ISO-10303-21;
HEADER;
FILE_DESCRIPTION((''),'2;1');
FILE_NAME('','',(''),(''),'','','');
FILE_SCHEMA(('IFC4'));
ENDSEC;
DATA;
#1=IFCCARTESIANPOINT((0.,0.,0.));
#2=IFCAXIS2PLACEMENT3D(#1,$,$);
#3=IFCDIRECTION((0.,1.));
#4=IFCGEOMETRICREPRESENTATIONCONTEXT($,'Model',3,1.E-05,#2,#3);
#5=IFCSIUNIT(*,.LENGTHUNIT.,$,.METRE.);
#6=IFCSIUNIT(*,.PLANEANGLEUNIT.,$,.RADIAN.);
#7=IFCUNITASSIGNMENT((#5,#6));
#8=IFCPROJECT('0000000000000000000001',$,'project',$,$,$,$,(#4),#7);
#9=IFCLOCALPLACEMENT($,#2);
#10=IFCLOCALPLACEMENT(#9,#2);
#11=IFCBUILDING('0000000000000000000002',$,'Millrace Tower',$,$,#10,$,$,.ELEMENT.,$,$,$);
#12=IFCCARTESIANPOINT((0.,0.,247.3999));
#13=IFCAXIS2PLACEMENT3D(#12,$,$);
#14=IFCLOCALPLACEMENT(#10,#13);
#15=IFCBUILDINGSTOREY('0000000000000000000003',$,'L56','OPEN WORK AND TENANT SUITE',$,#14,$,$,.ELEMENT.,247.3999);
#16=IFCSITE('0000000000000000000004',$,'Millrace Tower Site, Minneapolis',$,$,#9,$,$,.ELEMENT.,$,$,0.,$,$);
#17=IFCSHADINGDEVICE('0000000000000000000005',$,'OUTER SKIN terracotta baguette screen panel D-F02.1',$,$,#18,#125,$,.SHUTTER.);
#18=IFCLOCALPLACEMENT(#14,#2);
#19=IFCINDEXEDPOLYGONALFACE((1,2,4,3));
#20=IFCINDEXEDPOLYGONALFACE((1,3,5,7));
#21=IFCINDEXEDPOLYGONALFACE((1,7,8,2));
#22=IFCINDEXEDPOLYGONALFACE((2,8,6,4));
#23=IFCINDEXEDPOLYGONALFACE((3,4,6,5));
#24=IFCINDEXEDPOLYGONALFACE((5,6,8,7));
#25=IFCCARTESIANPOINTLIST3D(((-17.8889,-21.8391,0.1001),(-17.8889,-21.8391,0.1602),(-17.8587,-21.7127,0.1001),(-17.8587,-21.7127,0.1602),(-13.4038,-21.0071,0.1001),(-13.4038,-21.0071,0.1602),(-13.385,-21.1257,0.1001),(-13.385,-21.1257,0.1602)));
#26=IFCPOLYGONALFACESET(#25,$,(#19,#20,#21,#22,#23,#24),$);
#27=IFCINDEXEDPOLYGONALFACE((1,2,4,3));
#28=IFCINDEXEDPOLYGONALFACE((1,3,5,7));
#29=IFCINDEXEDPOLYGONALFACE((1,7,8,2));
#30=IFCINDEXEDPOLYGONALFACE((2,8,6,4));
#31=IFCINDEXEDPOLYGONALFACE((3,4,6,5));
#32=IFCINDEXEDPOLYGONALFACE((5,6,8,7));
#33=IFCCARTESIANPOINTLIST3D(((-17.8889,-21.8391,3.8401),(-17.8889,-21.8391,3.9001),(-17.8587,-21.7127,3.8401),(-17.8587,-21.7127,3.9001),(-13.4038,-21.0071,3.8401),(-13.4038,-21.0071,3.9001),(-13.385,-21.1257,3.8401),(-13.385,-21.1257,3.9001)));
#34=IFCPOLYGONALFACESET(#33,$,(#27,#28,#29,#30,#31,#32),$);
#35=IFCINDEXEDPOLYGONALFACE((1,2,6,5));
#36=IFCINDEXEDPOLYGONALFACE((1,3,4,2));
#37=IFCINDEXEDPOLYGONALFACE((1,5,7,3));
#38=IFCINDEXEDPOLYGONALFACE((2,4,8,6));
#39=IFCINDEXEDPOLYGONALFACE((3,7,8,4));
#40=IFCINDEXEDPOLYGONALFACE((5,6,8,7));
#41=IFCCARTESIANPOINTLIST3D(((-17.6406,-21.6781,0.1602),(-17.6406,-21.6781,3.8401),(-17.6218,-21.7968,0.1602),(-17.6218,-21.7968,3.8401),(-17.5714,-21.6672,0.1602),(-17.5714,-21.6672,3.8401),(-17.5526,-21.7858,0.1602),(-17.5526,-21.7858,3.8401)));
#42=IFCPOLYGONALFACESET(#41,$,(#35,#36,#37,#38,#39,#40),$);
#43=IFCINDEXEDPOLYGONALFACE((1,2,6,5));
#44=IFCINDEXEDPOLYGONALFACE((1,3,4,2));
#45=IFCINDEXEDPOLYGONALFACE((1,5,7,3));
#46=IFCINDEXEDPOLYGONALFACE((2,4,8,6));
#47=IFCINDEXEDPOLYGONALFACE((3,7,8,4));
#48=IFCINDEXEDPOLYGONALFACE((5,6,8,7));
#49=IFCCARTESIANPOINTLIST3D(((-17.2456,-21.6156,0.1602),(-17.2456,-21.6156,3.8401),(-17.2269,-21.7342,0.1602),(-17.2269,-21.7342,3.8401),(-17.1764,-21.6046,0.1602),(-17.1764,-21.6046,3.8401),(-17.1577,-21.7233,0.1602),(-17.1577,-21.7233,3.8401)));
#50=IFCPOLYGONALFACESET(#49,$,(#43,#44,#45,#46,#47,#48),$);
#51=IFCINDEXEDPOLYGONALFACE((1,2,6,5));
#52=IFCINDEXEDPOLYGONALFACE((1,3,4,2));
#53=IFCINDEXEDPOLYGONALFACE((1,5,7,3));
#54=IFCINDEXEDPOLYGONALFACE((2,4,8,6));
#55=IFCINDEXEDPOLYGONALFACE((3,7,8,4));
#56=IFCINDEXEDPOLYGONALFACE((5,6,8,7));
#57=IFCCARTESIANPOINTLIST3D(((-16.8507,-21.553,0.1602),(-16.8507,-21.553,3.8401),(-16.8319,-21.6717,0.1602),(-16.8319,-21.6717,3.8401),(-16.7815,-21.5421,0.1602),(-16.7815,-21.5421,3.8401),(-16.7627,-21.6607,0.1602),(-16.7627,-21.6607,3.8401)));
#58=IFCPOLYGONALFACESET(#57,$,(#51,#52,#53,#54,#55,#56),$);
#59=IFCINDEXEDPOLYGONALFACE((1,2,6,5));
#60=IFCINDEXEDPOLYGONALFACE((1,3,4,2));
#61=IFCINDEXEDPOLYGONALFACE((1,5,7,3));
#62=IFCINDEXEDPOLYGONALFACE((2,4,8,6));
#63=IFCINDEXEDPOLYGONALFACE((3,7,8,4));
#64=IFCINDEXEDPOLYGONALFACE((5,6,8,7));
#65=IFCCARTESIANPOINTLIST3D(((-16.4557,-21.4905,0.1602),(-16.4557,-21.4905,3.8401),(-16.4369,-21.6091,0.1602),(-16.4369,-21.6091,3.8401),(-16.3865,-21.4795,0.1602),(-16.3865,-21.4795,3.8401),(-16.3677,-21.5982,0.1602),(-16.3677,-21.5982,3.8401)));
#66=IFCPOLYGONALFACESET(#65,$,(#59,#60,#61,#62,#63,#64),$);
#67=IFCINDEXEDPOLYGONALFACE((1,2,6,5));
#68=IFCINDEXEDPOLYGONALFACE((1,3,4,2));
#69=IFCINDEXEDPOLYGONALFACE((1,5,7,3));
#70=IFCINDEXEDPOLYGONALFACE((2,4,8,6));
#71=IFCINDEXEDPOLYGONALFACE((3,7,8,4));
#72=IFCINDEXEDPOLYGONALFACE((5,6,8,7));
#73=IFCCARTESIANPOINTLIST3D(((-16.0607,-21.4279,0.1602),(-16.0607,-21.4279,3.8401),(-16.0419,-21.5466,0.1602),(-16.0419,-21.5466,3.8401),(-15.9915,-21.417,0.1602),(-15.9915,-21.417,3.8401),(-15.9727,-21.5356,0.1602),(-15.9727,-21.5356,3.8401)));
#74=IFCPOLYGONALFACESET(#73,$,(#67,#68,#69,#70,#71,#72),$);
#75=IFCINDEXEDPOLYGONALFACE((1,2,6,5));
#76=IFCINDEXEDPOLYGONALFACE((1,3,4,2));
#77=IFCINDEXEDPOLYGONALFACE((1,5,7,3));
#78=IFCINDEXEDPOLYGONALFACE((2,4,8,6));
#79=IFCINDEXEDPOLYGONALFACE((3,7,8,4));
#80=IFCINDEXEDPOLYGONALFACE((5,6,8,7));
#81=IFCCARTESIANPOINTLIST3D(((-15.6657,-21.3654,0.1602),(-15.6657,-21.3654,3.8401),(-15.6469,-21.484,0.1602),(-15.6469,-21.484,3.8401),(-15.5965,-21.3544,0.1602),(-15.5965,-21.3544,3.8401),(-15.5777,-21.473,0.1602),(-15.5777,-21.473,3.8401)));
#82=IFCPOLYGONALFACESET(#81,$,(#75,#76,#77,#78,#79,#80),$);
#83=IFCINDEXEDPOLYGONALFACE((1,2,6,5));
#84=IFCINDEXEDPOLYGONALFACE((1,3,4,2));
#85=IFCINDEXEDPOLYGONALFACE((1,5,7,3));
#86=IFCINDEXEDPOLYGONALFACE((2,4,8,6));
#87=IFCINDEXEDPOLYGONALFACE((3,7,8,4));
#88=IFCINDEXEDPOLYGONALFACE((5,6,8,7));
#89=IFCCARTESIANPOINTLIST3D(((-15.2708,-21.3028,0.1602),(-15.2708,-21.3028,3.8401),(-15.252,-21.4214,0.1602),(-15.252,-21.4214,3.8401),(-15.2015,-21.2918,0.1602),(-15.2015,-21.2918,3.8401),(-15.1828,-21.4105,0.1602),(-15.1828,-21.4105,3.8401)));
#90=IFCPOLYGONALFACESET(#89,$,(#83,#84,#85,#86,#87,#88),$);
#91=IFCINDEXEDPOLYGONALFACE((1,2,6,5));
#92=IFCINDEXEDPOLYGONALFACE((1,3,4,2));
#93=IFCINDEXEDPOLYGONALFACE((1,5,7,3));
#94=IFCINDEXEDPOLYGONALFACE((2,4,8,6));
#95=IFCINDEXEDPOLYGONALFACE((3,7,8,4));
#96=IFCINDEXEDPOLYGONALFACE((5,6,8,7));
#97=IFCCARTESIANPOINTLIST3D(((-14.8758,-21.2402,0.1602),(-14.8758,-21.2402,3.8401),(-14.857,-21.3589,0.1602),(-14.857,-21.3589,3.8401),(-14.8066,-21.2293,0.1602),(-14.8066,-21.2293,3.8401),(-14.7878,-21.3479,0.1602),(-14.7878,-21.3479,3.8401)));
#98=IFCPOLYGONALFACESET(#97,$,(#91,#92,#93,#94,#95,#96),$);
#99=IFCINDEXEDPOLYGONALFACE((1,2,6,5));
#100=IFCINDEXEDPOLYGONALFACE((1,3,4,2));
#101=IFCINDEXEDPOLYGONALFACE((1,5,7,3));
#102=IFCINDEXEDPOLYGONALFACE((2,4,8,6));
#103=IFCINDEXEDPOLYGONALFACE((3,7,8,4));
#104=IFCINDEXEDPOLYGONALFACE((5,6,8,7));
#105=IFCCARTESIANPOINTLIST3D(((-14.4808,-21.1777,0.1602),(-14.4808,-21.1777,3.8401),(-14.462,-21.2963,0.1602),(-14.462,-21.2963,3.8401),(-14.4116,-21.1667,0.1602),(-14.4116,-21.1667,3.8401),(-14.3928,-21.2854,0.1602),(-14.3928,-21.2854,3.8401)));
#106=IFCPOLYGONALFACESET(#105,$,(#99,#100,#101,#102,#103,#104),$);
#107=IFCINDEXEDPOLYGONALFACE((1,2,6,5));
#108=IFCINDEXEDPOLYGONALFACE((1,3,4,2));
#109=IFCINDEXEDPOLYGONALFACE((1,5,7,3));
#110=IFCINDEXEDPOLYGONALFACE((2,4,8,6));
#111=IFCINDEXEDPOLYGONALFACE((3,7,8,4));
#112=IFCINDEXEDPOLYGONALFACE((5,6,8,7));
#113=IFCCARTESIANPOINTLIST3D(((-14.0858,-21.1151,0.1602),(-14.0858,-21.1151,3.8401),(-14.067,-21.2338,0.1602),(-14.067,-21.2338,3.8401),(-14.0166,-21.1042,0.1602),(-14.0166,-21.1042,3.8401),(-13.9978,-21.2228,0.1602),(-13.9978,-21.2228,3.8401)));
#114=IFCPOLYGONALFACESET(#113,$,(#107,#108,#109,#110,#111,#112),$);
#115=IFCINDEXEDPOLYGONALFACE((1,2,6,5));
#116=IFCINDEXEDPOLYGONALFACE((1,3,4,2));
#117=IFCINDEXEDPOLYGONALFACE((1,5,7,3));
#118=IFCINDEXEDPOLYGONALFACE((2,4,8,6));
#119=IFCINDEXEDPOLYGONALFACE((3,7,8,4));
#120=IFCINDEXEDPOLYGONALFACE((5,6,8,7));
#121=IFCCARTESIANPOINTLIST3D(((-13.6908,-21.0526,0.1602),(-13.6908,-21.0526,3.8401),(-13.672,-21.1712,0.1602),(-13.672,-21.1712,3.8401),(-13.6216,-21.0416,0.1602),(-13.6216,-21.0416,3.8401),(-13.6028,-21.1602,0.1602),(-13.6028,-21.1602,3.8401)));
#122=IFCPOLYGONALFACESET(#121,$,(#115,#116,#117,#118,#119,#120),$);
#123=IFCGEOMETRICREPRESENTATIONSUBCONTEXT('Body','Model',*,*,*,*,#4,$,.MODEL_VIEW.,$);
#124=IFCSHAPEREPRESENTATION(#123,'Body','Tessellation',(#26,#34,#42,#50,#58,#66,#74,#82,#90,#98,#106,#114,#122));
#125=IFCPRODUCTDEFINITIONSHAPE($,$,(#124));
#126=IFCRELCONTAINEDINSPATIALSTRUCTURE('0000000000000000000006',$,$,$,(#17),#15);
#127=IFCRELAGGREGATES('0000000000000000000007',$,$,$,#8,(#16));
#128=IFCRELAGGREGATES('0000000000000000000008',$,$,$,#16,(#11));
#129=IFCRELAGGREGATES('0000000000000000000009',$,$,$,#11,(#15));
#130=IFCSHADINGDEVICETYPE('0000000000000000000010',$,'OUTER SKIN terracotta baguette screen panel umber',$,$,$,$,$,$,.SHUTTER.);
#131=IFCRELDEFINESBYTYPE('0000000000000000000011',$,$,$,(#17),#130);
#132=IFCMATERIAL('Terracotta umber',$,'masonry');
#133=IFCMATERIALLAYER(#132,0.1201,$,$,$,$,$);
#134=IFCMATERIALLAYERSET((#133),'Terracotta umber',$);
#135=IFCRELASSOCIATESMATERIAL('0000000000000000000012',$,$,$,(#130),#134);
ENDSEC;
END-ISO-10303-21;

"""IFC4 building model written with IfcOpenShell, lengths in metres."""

from ifc_helpers import new_model, entity, si_unit, direction, frame, frame_2d, origin, place, context, subcontext, project, spatial, rectangle, extrude, source, transform, mapped, material, layer, layer_set, type_object, element, save


model = new_model("IFC4")

# Units and contexts
model_context = context("Model", 3, precision=1e-05, world=origin(), true_north=direction((0.0, 1.0)))
body_context = subcontext(model_context, "Body", "Model", "MODEL_VIEW")
ifc_project = project(units=[si_unit("LENGTHUNIT", "METRE"), si_unit("PLANEANGLEUNIT", "RADIAN")], contexts=[model_context])

# Site, building, storey
site_placement = place(None, origin())
site = spatial("IfcSite", under=ifc_project, at=site_placement, Name="Millrace Tower Site, Minneapolis", CompositionType="ELEMENT", RefElevation=0.0)
building_placement = place(site_placement, origin())
building = spatial("IfcBuilding", under=site, at=building_placement, Name="Millrace Tower", CompositionType="ELEMENT")
storey_placement = place(building_placement, frame((0.0, 0.0, 247.3999)))
storey = spatial("IfcBuildingStorey", under=building, at=storey_placement, Name="L56", Description="OPEN WORK AND TENANT SUITE", CompositionType="ELEMENT", Elevation=247.3999)

# Shading device
ifc_material_1 = material(Name="Terracotta umber", Category="masonry")
ifc_layer_1 = layer(ifc_material_1, 0.1201)
ifc_layer_set_1 = layer_set([ifc_layer_1], Name="Terracotta umber")
shading_device_type = type_object("IfcShadingDeviceType", Name="OUTER SKIN terracotta baguette screen panel umber", PredefinedType="SHUTTER", material=ifc_layer_set_1)
cartesian_point_1 = entity("IfcCartesianPoint", [-2.2429, 0.0601])
shared_polyline_1 = entity("IfcPolyline", [cartesian_point_1, entity("IfcCartesianPoint", [2.2676, 0.0601]), entity("IfcCartesianPoint", [2.2676, -0.0601]), entity("IfcCartesianPoint", [-2.2925, -0.0601]), cartesian_point_1])
shared_shape_1 = source(origin(), body_context, "Body", "SweptSolid", [
    entity("IfcExtrudedAreaSolid", entity("IfcArbitraryClosedProfileDef", "AREA", None, shared_polyline_1), entity("IfcAxis2Placement3D", entity("IfcCartesianPoint", [0.0, 0.0, 0.0])), entity("IfcDirection", [0.0, 0.0, 1.0]), 0.0601),
    entity("IfcExtrudedAreaSolid", entity("IfcArbitraryClosedProfileDef", "AREA", None, shared_polyline_1), entity("IfcAxis2Placement3D", entity("IfcCartesianPoint", [0.0, 0.0, 3.74])), entity("IfcDirection", [0.0, 0.0, 1.0]), 0.0601),
    extrude(rectangle(XDim=0.0701, YDim=0.1201, at=frame_2d((-1.9871, 0.0))), frame((0.0, 0.0, 0.0601)), (0.0, 0.0, 1.0), 3.6799),
    extrude(rectangle(XDim=0.0701, YDim=0.1201, at=frame_2d((-1.5872, 0.0))), frame((0.0, 0.0, 0.0601)), (0.0, 0.0, 1.0), 3.6799),
    extrude(rectangle(XDim=0.0701, YDim=0.1201, at=frame_2d((-1.1873, 0.0))), frame((0.0, 0.0, 0.0601)), (0.0, 0.0, 1.0), 3.6799),
    extrude(rectangle(XDim=0.0701, YDim=0.1201, at=frame_2d((-0.7874, 0.0))), frame((0.0, 0.0, 0.0601)), (0.0, 0.0, 1.0), 3.6799),
    extrude(rectangle(XDim=0.0701, YDim=0.1201, at=frame_2d((-0.3875, 0.0))), frame((0.0, 0.0, 0.0601)), (0.0, 0.0, 1.0), 3.6799),
    extrude(rectangle(XDim=0.0701, YDim=0.1201, at=frame_2d((0.0125, 0.0))), frame((0.0, 0.0, 0.0601)), (0.0, 0.0, 1.0), 3.6799),
    extrude(rectangle(XDim=0.0701, YDim=0.1201, at=frame_2d((0.4124, 0.0))), frame((0.0, 0.0, 0.0601)), (0.0, 0.0, 1.0), 3.6799),
    extrude(rectangle(XDim=0.0701, YDim=0.1201, at=frame_2d((0.8123, 0.0))), frame((0.0, 0.0, 0.0601)), (0.0, 0.0, 1.0), 3.6799),
    extrude(rectangle(XDim=0.0701, YDim=0.1201, at=frame_2d((1.2122, 0.0))), frame((0.0, 0.0, 0.0601)), (0.0, 0.0, 1.0), 3.6799),
    extrude(rectangle(XDim=0.0701, YDim=0.1201, at=frame_2d((1.6121, 0.0))), frame((0.0, 0.0, 0.0601)), (0.0, 0.0, 1.0), 3.6799),
    extrude(rectangle(XDim=0.0701, YDim=0.1201, at=frame_2d((2.012, 0.0))), frame((0.0, 0.0, 0.0601)), (0.0, 0.0, 1.0), 3.6799),
])
shading_device_1_placement = place(storey_placement, frame((-15.634, -21.4211, 0.1001), z_axis=(0.0, 0.0, 1.0), x_axis=(0.987688, 0.156434, 0.0)))
element("IfcShadingDevice", 1, at=shading_device_1_placement, inside=storey, type_object=shading_device_type, Name="OUTER SKIN terracotta baguette screen panel D-F02.1", PredefinedType="SHUTTER", context=body_context, shape_type="MappedRepresentation", body=[
    mapped(shared_shape_1, transform((0.0, 0.0, 0.0), scale=1.0)),
])

save(model, "model.ifc")
